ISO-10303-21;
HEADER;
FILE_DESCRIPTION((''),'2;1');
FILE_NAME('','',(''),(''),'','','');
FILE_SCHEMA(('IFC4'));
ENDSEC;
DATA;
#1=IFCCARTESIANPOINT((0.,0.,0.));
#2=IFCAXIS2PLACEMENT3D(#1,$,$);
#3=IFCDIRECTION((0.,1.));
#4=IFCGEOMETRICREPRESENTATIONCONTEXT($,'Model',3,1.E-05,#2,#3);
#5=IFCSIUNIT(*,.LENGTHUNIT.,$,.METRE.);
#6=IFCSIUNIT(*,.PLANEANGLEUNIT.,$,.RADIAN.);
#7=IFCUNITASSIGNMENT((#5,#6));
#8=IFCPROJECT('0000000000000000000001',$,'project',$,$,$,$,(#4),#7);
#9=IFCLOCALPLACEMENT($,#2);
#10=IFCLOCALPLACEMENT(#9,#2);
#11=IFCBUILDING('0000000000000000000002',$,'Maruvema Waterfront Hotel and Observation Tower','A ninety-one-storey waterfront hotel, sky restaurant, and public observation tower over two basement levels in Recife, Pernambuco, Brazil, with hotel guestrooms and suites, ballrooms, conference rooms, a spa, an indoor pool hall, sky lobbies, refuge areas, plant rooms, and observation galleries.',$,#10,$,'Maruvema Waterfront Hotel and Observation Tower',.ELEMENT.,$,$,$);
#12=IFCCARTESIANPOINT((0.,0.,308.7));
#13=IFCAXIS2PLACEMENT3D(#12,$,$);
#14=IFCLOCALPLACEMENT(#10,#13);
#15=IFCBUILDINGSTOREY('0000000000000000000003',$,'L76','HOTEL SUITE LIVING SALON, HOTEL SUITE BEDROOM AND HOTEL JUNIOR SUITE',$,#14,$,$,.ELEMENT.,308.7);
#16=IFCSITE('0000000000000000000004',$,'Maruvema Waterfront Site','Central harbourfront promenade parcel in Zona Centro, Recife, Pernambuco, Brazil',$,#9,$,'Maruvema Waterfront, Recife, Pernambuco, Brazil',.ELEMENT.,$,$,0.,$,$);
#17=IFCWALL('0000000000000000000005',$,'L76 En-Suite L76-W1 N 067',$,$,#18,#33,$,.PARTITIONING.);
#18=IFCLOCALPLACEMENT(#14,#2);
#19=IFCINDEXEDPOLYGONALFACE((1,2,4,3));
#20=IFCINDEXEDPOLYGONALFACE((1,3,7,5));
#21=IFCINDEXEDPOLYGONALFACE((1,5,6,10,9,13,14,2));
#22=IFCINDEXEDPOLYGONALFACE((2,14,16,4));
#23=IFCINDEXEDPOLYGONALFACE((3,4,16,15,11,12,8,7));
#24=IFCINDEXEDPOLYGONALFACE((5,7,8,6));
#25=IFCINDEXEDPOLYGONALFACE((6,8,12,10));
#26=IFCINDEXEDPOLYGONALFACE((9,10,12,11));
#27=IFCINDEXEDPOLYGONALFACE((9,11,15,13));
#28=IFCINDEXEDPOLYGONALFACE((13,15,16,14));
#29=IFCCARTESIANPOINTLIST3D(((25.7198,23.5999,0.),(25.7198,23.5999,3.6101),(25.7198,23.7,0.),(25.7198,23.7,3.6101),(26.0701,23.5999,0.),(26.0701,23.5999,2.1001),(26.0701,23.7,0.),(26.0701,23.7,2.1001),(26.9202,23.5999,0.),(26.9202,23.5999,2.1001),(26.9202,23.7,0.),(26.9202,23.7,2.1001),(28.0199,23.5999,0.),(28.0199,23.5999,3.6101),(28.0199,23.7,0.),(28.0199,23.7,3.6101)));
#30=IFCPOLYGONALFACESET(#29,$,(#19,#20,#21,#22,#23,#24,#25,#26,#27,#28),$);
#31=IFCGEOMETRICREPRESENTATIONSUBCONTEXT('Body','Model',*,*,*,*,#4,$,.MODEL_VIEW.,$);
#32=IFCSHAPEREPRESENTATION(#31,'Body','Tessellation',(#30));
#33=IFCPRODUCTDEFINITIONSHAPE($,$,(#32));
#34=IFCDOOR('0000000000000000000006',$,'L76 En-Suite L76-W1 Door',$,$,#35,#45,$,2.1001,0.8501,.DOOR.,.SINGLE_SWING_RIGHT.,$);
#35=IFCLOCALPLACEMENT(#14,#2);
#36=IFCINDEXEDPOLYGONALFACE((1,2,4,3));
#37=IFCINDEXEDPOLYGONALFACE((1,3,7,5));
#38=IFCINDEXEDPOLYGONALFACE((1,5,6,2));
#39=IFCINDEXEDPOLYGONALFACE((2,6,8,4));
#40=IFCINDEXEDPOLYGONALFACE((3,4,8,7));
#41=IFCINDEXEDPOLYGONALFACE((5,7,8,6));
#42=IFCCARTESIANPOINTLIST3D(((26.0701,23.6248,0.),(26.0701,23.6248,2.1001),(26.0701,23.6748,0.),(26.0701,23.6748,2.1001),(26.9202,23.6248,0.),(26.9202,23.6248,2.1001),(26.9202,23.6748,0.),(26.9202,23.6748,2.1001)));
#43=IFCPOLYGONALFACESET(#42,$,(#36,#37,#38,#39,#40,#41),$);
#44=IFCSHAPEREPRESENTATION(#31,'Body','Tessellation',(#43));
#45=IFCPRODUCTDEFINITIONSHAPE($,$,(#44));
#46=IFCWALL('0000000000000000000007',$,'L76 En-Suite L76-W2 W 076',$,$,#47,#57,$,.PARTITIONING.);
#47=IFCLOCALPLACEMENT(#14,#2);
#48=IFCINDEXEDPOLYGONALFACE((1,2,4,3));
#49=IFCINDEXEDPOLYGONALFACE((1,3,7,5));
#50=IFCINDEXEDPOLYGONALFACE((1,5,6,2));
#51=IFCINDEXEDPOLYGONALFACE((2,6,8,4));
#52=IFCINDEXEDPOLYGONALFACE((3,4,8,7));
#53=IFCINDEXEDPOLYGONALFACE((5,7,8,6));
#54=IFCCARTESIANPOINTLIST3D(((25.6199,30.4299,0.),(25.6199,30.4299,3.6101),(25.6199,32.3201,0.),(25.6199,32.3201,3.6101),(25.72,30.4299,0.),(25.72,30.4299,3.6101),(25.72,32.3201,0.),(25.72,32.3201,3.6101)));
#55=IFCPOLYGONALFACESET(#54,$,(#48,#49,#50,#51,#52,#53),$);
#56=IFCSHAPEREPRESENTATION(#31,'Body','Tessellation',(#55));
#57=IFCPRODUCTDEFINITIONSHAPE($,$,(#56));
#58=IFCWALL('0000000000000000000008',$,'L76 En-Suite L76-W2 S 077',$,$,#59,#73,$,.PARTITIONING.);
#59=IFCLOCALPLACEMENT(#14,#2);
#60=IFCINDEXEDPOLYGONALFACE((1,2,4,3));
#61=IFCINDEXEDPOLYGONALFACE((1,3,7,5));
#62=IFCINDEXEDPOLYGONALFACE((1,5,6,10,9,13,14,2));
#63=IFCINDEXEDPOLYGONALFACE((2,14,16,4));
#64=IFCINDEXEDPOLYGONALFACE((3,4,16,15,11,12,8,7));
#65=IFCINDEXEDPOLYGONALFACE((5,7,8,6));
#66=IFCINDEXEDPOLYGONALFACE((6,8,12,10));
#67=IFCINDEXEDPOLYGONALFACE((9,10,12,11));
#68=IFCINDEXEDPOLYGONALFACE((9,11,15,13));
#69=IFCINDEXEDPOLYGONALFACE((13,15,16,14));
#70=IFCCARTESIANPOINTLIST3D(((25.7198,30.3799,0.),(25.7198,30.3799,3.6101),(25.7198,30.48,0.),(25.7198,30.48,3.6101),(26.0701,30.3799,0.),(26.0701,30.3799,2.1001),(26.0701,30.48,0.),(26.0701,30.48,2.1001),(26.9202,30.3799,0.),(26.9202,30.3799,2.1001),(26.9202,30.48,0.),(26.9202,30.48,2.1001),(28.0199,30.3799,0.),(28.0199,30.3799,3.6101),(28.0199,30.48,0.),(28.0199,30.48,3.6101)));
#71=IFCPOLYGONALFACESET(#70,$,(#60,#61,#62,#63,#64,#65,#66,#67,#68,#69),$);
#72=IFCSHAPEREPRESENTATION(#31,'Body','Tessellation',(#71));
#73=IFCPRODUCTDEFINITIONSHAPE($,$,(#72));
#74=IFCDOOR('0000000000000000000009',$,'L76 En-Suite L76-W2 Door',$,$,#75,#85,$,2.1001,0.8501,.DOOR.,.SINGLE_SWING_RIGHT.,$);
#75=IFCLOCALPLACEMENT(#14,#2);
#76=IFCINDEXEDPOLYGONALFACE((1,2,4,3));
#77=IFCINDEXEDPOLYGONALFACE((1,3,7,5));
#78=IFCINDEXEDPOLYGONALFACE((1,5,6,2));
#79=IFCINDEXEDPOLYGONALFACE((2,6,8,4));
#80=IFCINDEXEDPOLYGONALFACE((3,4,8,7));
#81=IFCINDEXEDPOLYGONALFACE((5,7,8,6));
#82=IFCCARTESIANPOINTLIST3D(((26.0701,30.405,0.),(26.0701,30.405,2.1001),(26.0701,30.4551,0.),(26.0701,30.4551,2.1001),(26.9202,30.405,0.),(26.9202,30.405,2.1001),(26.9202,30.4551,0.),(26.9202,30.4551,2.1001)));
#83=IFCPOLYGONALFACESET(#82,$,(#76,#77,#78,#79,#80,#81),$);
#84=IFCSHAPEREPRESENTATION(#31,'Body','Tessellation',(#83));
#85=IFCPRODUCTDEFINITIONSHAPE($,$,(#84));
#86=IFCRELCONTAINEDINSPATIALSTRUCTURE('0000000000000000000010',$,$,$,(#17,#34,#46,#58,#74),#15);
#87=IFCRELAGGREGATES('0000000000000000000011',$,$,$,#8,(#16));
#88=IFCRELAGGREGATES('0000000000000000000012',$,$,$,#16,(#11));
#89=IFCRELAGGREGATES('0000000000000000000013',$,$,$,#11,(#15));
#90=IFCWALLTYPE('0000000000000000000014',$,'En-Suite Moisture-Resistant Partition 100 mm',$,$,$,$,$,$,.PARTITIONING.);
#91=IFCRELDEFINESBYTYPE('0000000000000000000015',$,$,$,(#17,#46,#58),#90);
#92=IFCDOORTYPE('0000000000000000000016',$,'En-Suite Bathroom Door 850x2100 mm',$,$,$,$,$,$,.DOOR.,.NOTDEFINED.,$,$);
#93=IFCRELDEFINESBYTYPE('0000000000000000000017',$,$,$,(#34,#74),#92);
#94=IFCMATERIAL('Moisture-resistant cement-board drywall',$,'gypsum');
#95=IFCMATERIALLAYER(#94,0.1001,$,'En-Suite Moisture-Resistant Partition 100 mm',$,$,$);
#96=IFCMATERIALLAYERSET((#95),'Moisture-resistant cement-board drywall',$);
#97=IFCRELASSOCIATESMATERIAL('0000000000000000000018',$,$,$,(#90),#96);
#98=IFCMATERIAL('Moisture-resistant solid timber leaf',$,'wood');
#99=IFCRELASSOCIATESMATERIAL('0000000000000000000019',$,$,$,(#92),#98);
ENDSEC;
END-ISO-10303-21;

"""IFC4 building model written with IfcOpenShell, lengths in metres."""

from ifc_helpers import new_model, si_unit, direction, frame, frame_2d, origin, place, context, subcontext, project, spatial, rectangle, extrude, material, layer, layer_set, type_object, element, fill, save


model = new_model("IFC4")

# Units and contexts
model_context = context("Model", 3, precision=1e-05, world=origin(), true_north=direction((0.0, 1.0)))
body_context = subcontext(model_context, "Body", "Model", "MODEL_VIEW")
ifc_project = project(units=[si_unit("LENGTHUNIT", "METRE"), si_unit("PLANEANGLEUNIT", "RADIAN")], contexts=[model_context])

# Site, building, storey
site_placement = place(None, origin())
site = spatial("IfcSite", under=ifc_project, at=site_placement, Name="Maruvema Waterfront Site", Description="Central harbourfront promenade parcel in Zona Centro, Recife, Pernambuco, Brazil", LongName="Maruvema Waterfront, Recife, Pernambuco, Brazil", CompositionType="ELEMENT", RefElevation=0.0)
building_placement = place(site_placement, origin())
building = spatial("IfcBuilding", under=site, at=building_placement, Name="Maruvema Waterfront Hotel and Observation Tower", Description="A ninety-one-storey waterfront hotel, sky restaurant, and public observation tower over two basement levels in Recife, Pernambuco, Brazil, with hotel guestrooms and suites, ballrooms, conference rooms, a spa, an indoor pool hall, sky lobbies, refuge areas, plant rooms, and observation galleries.", LongName="Maruvema Waterfront Hotel and Observation Tower", CompositionType="ELEMENT")
storey_placement = place(building_placement, frame((0.0, 0.0, 308.7)))
storey = spatial("IfcBuildingStorey", under=building, at=storey_placement, Name="L76", Description="HOTEL SUITE LIVING SALON, HOTEL SUITE BEDROOM AND HOTEL JUNIOR SUITE", CompositionType="ELEMENT", Elevation=308.7)

# Shared definitions
ifc_material_1 = material(Name="Moisture-resistant cement-board drywall", Category="gypsum")
ifc_layer_1 = layer(ifc_material_1, 0.1001, Name="En-Suite Moisture-Resistant Partition 100 mm")
ifc_layer_set_1 = layer_set([ifc_layer_1], Name="Moisture-resistant cement-board drywall")
wall_type_1 = type_object("IfcWallType", Name="En-Suite Moisture-Resistant Partition 100 mm", PredefinedType="PARTITIONING", material=ifc_layer_set_1)

# Wall, opening, door
wall_1_placement = place(storey_placement, frame((25.72, 23.6499, 0.0), z_axis=(0.0, 0.0, 1.0), x_axis=(1.0, 0.0, 0.0)))
wall_1 = element("IfcWall", 1, at=wall_1_placement, inside=storey, type_object=wall_type_1, Name="L76 En-Suite L76-W1 N 067", PredefinedType="PARTITIONING", context=body_context, shape_type="SweptSolid", body=[
    extrude(rectangle(XDim=2.3, YDim=0.1001, at=frame_2d((1.1499, 0.0))), origin(), (0.0, 0.0, 1.0), 3.6101),
])
opening_1_placement = place(wall_1_placement, frame((0.3501, 0.0, 0.0)))
opening_1 = element("IfcOpeningElement", 2, at=opening_1_placement, cuts=wall_1, PredefinedType="OPENING", context=body_context, shape_type="SweptSolid", body=[
    extrude(rectangle(XDim=0.8501, YDim=2.1001, at=frame_2d((0.425, 1.05))), frame((0.0, 0.0601, 0.0), z_axis=(0.0, -1.0, 0.0), x_axis=(1.0, 0.0, 0.0)), (0.0, 0.0, 1.0), 0.1201),
])
ifc_material_2 = material(Name="Moisture-resistant solid timber leaf", Category="wood")
door_type_1 = type_object("IfcDoorType", Name="En-Suite Bathroom Door 850x2100 mm", OperationType="NOTDEFINED", PredefinedType="DOOR", material=ifc_material_2)
door_1_placement = place(opening_1_placement, origin())
door_1 = element("IfcDoor", 3, at=door_1_placement, inside=storey, type_object=door_type_1, Name="L76 En-Suite L76-W1 Door", OperationType="SINGLE_SWING_RIGHT", OverallHeight=2.1001, OverallWidth=0.8501, PredefinedType="DOOR", context=body_context, shape_type="SweptSolid", body=[
    extrude(rectangle(XDim=0.8501, YDim=2.1001, at=frame_2d((0.425, 1.05))), frame((0.0, 0.0249, 0.0), z_axis=(0.0, -1.0, 0.0), x_axis=(1.0, 0.0, 0.0)), (0.0, 0.0, 1.0), 0.05),
])
fill(opening_1, door_1)

# Wall
wall_2_placement = place(storey_placement, frame((25.6699, 30.4299, 0.0), z_axis=(0.0, 0.0, 1.0), x_axis=(0.0, 1.0, 0.0)))
element("IfcWall", 4, at=wall_2_placement, inside=storey, type_object=wall_type_1, Name="L76 En-Suite L76-W2 W 076", PredefinedType="PARTITIONING", context=body_context, shape_type="SweptSolid", body=[
    extrude(rectangle(XDim=1.8901, YDim=0.1001, at=frame_2d((0.9451, 0.0))), origin(), (0.0, 0.0, 1.0), 3.6101),
])

# Wall, opening, door
wall_3_placement = place(storey_placement, frame((25.72, 30.4299, 0.0), z_axis=(0.0, 0.0, 1.0), x_axis=(1.0, 0.0, 0.0)))
wall_3 = element("IfcWall", 5, at=wall_3_placement, inside=storey, type_object=wall_type_1, Name="L76 En-Suite L76-W2 S 077", PredefinedType="PARTITIONING", context=body_context, shape_type="SweptSolid", body=[
    extrude(rectangle(XDim=2.3, YDim=0.1001, at=frame_2d((1.1499, 0.0))), origin(), (0.0, 0.0, 1.0), 3.6101),
])
opening_2_placement = place(wall_3_placement, frame((0.3501, 0.0, 0.0)))
opening_2 = element("IfcOpeningElement", 6, at=opening_2_placement, cuts=wall_3, PredefinedType="OPENING", context=body_context, shape_type="SweptSolid", body=[
    extrude(rectangle(XDim=0.8501, YDim=2.1001, at=frame_2d((0.425, 1.05))), frame((0.0, 0.0601, 0.0), z_axis=(0.0, -1.0, 0.0), x_axis=(1.0, 0.0, 0.0)), (0.0, 0.0, 1.0), 0.1201),
])
door_2_placement = place(opening_2_placement, frame((0.8501, 0.0, 0.0), z_axis=(0.0, 0.0, 1.0), x_axis=(-1.0, 0.0, 0.0)))
door_2 = element("IfcDoor", 7, at=door_2_placement, inside=storey, type_object=door_type_1, Name="L76 En-Suite L76-W2 Door", OperationType="SINGLE_SWING_RIGHT", OverallHeight=2.1001, OverallWidth=0.8501, PredefinedType="DOOR", context=body_context, shape_type="SweptSolid", body=[
    extrude(rectangle(XDim=0.8501, YDim=2.1001, at=frame_2d((0.425, 1.05))), frame((0.0, 0.0249, 0.0), z_axis=(0.0, -1.0, 0.0), x_axis=(1.0, 0.0, 0.0)), (0.0, 0.0, 1.0), 0.05),
])
fill(opening_2, door_2)

save(model, "model.ifc")
